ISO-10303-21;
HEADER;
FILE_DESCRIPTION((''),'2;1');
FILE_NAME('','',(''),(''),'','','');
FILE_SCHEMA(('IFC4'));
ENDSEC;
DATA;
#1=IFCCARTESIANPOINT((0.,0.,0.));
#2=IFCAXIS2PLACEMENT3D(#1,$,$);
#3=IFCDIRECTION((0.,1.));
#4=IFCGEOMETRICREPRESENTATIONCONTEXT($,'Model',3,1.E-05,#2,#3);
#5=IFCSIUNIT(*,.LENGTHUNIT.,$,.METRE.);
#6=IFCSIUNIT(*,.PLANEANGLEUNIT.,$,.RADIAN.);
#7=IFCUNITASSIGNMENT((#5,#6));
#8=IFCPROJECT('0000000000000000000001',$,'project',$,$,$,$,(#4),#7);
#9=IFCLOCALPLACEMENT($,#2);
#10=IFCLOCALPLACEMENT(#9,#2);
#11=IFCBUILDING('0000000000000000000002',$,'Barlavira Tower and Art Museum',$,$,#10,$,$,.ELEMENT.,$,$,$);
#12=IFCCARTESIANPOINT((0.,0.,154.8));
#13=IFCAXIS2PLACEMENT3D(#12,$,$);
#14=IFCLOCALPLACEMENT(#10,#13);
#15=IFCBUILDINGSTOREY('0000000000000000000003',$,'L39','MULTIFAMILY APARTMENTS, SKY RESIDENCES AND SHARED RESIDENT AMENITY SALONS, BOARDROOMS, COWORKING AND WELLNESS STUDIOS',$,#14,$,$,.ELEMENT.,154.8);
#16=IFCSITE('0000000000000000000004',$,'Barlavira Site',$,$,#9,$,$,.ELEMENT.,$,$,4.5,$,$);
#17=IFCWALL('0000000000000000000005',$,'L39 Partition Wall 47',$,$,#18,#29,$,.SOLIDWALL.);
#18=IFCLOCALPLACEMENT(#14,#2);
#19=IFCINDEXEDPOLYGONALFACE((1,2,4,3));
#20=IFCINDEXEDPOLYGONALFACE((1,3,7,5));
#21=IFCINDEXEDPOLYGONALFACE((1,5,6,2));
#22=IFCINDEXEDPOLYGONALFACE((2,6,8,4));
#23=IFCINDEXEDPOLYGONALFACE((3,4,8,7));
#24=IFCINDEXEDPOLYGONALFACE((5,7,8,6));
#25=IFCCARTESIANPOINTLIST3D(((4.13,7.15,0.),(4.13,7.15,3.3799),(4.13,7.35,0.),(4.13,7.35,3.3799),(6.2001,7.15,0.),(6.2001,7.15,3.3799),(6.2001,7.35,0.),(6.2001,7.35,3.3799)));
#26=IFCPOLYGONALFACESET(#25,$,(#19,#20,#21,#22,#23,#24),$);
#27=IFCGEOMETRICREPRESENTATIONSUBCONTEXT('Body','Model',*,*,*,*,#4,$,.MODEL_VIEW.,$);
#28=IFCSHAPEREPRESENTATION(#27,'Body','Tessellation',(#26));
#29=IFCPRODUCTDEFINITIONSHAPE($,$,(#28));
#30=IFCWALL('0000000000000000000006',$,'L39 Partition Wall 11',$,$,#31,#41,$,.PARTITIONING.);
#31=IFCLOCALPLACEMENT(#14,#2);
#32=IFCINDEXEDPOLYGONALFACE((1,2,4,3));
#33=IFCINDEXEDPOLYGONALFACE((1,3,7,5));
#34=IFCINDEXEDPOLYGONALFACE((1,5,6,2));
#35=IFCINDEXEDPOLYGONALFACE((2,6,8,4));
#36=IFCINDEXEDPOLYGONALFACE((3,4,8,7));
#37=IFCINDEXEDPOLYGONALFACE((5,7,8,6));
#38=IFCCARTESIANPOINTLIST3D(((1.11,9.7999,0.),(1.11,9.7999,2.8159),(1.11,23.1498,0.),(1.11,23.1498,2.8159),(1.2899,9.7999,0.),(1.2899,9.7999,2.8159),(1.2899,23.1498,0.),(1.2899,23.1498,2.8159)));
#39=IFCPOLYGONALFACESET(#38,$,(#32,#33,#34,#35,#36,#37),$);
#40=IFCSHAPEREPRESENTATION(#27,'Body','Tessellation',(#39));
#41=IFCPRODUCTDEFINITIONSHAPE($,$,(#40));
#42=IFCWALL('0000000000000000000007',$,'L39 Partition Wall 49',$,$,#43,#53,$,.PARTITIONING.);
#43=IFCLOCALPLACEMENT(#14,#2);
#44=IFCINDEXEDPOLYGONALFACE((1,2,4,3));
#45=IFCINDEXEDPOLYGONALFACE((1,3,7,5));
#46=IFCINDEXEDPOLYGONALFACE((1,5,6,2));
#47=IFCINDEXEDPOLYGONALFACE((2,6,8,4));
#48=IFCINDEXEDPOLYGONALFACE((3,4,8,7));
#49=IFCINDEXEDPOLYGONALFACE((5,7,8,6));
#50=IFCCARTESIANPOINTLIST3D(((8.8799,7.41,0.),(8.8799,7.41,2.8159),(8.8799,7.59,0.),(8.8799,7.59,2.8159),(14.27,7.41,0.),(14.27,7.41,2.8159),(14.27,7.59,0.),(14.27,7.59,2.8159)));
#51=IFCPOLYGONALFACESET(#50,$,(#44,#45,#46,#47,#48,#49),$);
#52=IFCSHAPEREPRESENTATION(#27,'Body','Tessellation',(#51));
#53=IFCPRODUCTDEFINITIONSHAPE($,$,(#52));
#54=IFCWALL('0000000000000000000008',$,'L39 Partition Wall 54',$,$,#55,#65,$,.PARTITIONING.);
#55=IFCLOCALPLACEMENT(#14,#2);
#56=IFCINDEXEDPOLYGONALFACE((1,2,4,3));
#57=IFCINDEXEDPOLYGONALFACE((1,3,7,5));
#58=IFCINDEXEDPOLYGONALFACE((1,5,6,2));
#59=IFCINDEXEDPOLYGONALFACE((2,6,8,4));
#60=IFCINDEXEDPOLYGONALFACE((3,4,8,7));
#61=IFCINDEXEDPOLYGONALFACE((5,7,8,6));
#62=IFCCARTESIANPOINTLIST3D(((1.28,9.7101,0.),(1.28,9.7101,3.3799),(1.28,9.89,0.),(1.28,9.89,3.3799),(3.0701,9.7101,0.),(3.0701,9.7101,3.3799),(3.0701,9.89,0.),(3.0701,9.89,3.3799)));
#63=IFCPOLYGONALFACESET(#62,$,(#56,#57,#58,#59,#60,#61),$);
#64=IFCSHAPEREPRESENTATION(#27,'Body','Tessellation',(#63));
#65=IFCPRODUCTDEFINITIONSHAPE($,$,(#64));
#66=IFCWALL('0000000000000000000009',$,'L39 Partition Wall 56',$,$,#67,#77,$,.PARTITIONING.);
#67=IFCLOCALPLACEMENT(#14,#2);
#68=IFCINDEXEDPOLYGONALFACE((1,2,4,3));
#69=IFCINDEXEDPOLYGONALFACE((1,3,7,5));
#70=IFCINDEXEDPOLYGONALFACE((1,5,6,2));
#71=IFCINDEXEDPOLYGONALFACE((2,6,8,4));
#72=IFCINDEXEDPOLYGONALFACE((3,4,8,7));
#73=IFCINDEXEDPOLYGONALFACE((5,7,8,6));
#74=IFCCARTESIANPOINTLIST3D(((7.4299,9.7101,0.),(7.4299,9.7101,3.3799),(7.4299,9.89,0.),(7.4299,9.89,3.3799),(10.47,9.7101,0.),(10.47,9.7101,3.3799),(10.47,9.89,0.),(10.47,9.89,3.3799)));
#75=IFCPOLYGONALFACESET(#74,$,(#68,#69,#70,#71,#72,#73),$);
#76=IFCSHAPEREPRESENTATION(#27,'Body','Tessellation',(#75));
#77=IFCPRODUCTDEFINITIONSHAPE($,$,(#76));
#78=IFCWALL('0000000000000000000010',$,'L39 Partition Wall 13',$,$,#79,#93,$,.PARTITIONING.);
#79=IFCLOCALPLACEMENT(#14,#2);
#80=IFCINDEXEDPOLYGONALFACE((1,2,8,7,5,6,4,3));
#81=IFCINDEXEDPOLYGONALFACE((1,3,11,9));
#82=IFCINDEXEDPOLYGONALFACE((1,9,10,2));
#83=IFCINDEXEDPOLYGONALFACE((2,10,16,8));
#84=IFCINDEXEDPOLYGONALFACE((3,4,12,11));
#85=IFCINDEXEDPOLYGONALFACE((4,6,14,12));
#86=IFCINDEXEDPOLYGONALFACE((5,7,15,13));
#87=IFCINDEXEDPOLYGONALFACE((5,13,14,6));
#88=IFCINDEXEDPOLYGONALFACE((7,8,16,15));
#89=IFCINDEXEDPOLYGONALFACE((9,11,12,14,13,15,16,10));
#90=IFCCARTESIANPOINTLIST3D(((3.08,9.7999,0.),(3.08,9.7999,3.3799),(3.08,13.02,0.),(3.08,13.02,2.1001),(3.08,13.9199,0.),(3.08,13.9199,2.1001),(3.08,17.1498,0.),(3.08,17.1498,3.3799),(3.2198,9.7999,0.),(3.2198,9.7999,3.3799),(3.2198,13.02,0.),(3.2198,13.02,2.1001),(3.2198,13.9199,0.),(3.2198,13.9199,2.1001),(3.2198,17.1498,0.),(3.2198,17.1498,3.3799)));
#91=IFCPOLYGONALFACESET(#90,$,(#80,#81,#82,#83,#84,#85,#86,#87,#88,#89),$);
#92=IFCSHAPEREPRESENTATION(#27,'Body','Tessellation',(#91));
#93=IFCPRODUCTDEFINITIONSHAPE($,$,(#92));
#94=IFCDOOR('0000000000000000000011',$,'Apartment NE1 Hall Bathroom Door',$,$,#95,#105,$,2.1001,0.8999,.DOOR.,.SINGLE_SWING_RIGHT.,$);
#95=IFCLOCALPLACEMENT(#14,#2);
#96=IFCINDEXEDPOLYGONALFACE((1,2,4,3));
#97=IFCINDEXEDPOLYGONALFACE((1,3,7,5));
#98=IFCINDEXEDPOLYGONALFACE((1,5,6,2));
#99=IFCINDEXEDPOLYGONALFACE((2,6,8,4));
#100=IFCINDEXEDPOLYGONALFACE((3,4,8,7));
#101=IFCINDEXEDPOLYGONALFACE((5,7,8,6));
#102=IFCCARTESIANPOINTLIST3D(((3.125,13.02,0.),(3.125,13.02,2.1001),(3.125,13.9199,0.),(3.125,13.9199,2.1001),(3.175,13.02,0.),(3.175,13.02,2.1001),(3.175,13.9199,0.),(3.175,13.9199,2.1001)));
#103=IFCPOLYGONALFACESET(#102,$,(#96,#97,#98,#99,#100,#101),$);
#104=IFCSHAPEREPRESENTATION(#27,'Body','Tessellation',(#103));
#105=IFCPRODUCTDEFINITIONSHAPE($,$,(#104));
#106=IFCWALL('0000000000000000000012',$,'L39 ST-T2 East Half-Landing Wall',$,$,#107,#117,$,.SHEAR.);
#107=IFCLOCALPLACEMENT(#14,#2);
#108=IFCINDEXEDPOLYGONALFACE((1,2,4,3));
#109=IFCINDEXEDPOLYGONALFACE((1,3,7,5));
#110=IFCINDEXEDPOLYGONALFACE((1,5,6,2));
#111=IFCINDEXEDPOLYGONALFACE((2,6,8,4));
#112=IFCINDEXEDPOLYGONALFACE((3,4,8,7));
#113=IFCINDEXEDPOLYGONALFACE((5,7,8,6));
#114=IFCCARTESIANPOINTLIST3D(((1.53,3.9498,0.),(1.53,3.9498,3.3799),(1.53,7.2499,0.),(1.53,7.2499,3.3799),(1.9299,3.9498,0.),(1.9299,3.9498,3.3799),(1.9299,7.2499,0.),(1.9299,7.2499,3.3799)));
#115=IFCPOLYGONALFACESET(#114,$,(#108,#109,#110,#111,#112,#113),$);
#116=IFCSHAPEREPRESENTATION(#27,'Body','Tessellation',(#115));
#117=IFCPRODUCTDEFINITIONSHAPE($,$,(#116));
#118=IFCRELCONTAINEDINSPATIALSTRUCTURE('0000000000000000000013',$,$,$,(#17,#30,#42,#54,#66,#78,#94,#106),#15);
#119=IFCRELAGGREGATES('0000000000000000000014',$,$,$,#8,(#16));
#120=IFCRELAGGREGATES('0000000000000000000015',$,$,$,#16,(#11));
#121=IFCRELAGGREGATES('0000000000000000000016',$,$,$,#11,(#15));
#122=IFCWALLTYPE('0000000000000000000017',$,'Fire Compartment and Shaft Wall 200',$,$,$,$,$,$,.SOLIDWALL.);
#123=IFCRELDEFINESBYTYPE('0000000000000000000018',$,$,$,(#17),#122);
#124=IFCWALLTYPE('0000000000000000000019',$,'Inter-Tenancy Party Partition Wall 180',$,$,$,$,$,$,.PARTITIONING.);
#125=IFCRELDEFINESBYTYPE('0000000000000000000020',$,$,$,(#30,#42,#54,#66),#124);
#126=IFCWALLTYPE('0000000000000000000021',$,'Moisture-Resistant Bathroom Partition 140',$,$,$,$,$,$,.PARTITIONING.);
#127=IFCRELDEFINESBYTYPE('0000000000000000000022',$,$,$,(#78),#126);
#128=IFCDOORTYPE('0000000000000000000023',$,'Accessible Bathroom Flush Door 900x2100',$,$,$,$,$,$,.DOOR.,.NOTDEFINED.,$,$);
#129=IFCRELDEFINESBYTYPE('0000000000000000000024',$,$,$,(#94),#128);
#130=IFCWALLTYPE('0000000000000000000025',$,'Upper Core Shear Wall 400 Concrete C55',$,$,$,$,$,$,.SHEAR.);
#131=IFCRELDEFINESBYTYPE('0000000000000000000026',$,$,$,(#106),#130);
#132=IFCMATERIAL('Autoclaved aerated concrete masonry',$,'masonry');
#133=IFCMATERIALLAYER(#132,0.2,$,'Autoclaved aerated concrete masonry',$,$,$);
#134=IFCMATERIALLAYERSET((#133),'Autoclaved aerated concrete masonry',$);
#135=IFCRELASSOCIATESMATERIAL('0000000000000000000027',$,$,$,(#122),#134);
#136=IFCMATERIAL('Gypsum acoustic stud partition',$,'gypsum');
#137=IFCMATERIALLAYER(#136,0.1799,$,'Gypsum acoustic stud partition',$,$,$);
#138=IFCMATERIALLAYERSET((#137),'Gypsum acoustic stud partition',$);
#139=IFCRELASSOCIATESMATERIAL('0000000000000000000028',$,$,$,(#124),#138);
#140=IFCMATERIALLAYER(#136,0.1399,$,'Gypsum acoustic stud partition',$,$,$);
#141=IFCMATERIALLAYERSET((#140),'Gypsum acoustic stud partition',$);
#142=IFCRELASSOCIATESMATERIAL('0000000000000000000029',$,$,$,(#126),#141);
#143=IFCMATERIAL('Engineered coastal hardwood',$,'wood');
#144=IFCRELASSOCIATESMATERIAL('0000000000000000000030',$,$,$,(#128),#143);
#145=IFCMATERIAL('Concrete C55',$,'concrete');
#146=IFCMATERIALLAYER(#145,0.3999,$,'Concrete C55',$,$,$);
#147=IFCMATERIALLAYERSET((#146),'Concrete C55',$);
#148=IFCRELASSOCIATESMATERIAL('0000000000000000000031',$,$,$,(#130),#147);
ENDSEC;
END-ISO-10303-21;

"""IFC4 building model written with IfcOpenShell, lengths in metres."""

from ifc_helpers import new_model, si_unit, direction, frame, frame_2d, origin, place, context, subcontext, project, spatial, rectangle, extrude, material, layer, layer_set, type_object, element, fill, save


model = new_model("IFC4")

# Units and contexts
model_context = context("Model", 3, precision=1e-05, world=origin(), true_north=direction((0.0, 1.0)))
body_context = subcontext(model_context, "Body", "Model", "MODEL_VIEW")
ifc_project = project(units=[si_unit("LENGTHUNIT", "METRE"), si_unit("PLANEANGLEUNIT", "RADIAN")], contexts=[model_context])

# Site, building, storey
site_placement = place(None, origin())
site = spatial("IfcSite", under=ifc_project, at=site_placement, Name="Barlavira Site", CompositionType="ELEMENT", RefElevation=4.5)
building_placement = place(site_placement, origin())
building = spatial("IfcBuilding", under=site, at=building_placement, Name="Barlavira Tower and Art Museum", CompositionType="ELEMENT")
storey_placement = place(building_placement, frame((0.0, 0.0, 154.8)))
storey = spatial("IfcBuildingStorey", under=building, at=storey_placement, Name="L39", Description="MULTIFAMILY APARTMENTS, SKY RESIDENCES AND SHARED RESIDENT AMENITY SALONS, BOARDROOMS, COWORKING AND WELLNESS STUDIOS", CompositionType="ELEMENT", Elevation=154.8)

# Shared definitions
ifc_material_1 = material(Name="Gypsum acoustic stud partition", Category="gypsum")
ifc_material_2 = material(Name="Engineered coastal hardwood", Category="wood")

# Shared definitions
ifc_material_3 = material(Name="Autoclaved aerated concrete masonry", Category="masonry")
ifc_layer_1 = layer(ifc_material_3, 0.2, Name="Autoclaved aerated concrete masonry")
ifc_layer_set_1 = layer_set([ifc_layer_1], Name="Autoclaved aerated concrete masonry")
wall_type_1 = type_object("IfcWallType", Name="Fire Compartment and Shaft Wall 200", PredefinedType="SOLIDWALL", material=ifc_layer_set_1)

# Walls
wall_1_placement = place(storey_placement, frame((4.1299, 7.25, 0.0), z_axis=(0.0, 0.0, 1.0), x_axis=(1.0, 0.0, 0.0)))
element("IfcWall", 1, at=wall_1_placement, inside=storey, type_object=wall_type_1, Name="L39 Partition Wall 47", PredefinedType="SOLIDWALL", context=body_context, shape_type="SweptSolid", body=[
    extrude(rectangle(XDim=2.0701, YDim=0.2, at=frame_2d((1.0352, 0.0))), origin(), (0.0, 0.0, 1.0), 3.3799),
])
ifc_layer_2 = layer(ifc_material_1, 0.1799, Name="Gypsum acoustic stud partition")
ifc_layer_set_2 = layer_set([ifc_layer_2], Name="Gypsum acoustic stud partition")
wall_type_2 = type_object("IfcWallType", Name="Inter-Tenancy Party Partition Wall 180", PredefinedType="PARTITIONING", material=ifc_layer_set_2)
wall_2_placement = place(storey_placement, frame((1.2, 9.8, 0.0), z_axis=(0.0, 0.0, 1.0), x_axis=(0.0, 1.0, 0.0)))
element("IfcWall", 2, at=wall_2_placement, inside=storey, type_object=wall_type_2, Name="L39 Partition Wall 11", PredefinedType="PARTITIONING", context=body_context, shape_type="SweptSolid", body=[
    extrude(rectangle(XDim=13.3499, YDim=0.1799, at=frame_2d((6.6748, 0.0))), origin(), (0.0, 0.0, 1.0), 2.8159),
])
wall_3_placement = place(storey_placement, frame((8.8799, 7.5, 0.0), z_axis=(0.0, 0.0, 1.0), x_axis=(1.0, 0.0, 0.0)))
element("IfcWall", 3, at=wall_3_placement, inside=storey, type_object=wall_type_2, Name="L39 Partition Wall 49", PredefinedType="PARTITIONING", context=body_context, shape_type="SweptSolid", body=[
    extrude(rectangle(XDim=5.3901, YDim=0.1799, at=frame_2d((2.6951, 0.0))), origin(), (0.0, 0.0, 1.0), 2.8159),
])
wall_4_placement = place(storey_placement, frame((1.28, 9.8, 0.0), z_axis=(0.0, 0.0, 1.0), x_axis=(1.0, 0.0, 0.0)))
element("IfcWall", 4, at=wall_4_placement, inside=storey, type_object=wall_type_2, Name="L39 Partition Wall 54", PredefinedType="PARTITIONING", context=body_context, shape_type="SweptSolid", body=[
    extrude(rectangle(XDim=1.79, YDim=0.1799, at=frame_2d((0.895, 0.0))), origin(), (0.0, 0.0, 1.0), 3.3799),
])

# Wall
wall_5_placement = place(storey_placement, frame((7.4299, 9.8, 0.0), z_axis=(0.0, 0.0, 1.0), x_axis=(1.0, 0.0, 0.0)))
element("IfcWall", 5, at=wall_5_placement, inside=storey, type_object=wall_type_2, Name="L39 Partition Wall 56", PredefinedType="PARTITIONING", context=body_context, shape_type="SweptSolid", body=[
    extrude(rectangle(XDim=3.04, YDim=0.1799, at=frame_2d((1.52, 0.0))), origin(), (0.0, 0.0, 1.0), 3.3799),
])

# Wall, opening, door
ifc_layer_3 = layer(ifc_material_1, 0.1399, Name="Gypsum acoustic stud partition")
ifc_layer_set_3 = layer_set([ifc_layer_3], Name="Gypsum acoustic stud partition")
wall_type_3 = type_object("IfcWallType", Name="Moisture-Resistant Bathroom Partition 140", PredefinedType="PARTITIONING", material=ifc_layer_set_3)
wall_6_placement = place(storey_placement, frame((3.1499, 9.8, 0.0), z_axis=(0.0, 0.0, 1.0), x_axis=(0.0, 1.0, 0.0)))
wall_6 = element("IfcWall", 6, at=wall_6_placement, inside=storey, type_object=wall_type_3, Name="L39 Partition Wall 13", PredefinedType="PARTITIONING", context=body_context, shape_type="SweptSolid", body=[
    extrude(rectangle(XDim=7.3499, YDim=0.1399, at=frame_2d((3.6748, 0.0))), origin(), (0.0, 0.0, 1.0), 3.3799),
])
opening_1_placement = place(wall_6_placement, frame((3.22, 0.0, 0.0)))
opening_1 = element("IfcOpeningElement", 7, at=opening_1_placement, cuts=wall_6, PredefinedType="OPENING", context=body_context, shape_type="SweptSolid", body=[
    extrude(rectangle(XDim=0.8999, YDim=2.1001, at=frame_2d((0.45, 1.05))), frame((0.0, 0.0801, 0.0), z_axis=(0.0, -1.0, 0.0), x_axis=(1.0, 0.0, 0.0)), (0.0, 0.0, 1.0), 0.1599),
])
door_type_1 = type_object("IfcDoorType", Name="Accessible Bathroom Flush Door 900x2100", OperationType="NOTDEFINED", PredefinedType="DOOR", material=ifc_material_2)
door_1_placement = place(opening_1_placement, origin())
door_1 = element("IfcDoor", 8, at=door_1_placement, inside=storey, type_object=door_type_1, Name="Apartment NE1 Hall Bathroom Door", OperationType="SINGLE_SWING_RIGHT", OverallHeight=2.1001, OverallWidth=0.8999, PredefinedType="DOOR", context=body_context, shape_type="SweptSolid", body=[
    extrude(rectangle(XDim=0.8999, YDim=2.1001, at=frame_2d((0.45, 1.05))), frame((0.0, 0.0249, 0.0), z_axis=(0.0, -1.0, 0.0), x_axis=(1.0, 0.0, 0.0)), (0.0, 0.0, 1.0), 0.05),
])
fill(opening_1, door_1)

# Wall
ifc_material_4 = material(Name="Concrete C55", Category="concrete")
ifc_layer_4 = layer(ifc_material_4, 0.3999, Name="Concrete C55")
ifc_layer_set_4 = layer_set([ifc_layer_4], Name="Concrete C55")
wall_type_4 = type_object("IfcWallType", Name="Upper Core Shear Wall 400 Concrete C55", PredefinedType="SHEAR", material=ifc_layer_set_4)
wall_7_placement = place(storey_placement, frame((1.73, 3.95, 0.0), z_axis=(0.0, 0.0, 1.0), x_axis=(0.0, 1.0, 0.0)))
element("IfcWall", 9, at=wall_7_placement, inside=storey, type_object=wall_type_4, Name="L39 ST-T2 East Half-Landing Wall", PredefinedType="SHEAR", context=body_context, shape_type="SweptSolid", body=[
    extrude(rectangle(XDim=3.3, YDim=0.3999, at=frame_2d((1.6499, 0.0))), origin(), (0.0, 0.0, 1.0), 3.3799),
])

save(model, "model.ifc")
